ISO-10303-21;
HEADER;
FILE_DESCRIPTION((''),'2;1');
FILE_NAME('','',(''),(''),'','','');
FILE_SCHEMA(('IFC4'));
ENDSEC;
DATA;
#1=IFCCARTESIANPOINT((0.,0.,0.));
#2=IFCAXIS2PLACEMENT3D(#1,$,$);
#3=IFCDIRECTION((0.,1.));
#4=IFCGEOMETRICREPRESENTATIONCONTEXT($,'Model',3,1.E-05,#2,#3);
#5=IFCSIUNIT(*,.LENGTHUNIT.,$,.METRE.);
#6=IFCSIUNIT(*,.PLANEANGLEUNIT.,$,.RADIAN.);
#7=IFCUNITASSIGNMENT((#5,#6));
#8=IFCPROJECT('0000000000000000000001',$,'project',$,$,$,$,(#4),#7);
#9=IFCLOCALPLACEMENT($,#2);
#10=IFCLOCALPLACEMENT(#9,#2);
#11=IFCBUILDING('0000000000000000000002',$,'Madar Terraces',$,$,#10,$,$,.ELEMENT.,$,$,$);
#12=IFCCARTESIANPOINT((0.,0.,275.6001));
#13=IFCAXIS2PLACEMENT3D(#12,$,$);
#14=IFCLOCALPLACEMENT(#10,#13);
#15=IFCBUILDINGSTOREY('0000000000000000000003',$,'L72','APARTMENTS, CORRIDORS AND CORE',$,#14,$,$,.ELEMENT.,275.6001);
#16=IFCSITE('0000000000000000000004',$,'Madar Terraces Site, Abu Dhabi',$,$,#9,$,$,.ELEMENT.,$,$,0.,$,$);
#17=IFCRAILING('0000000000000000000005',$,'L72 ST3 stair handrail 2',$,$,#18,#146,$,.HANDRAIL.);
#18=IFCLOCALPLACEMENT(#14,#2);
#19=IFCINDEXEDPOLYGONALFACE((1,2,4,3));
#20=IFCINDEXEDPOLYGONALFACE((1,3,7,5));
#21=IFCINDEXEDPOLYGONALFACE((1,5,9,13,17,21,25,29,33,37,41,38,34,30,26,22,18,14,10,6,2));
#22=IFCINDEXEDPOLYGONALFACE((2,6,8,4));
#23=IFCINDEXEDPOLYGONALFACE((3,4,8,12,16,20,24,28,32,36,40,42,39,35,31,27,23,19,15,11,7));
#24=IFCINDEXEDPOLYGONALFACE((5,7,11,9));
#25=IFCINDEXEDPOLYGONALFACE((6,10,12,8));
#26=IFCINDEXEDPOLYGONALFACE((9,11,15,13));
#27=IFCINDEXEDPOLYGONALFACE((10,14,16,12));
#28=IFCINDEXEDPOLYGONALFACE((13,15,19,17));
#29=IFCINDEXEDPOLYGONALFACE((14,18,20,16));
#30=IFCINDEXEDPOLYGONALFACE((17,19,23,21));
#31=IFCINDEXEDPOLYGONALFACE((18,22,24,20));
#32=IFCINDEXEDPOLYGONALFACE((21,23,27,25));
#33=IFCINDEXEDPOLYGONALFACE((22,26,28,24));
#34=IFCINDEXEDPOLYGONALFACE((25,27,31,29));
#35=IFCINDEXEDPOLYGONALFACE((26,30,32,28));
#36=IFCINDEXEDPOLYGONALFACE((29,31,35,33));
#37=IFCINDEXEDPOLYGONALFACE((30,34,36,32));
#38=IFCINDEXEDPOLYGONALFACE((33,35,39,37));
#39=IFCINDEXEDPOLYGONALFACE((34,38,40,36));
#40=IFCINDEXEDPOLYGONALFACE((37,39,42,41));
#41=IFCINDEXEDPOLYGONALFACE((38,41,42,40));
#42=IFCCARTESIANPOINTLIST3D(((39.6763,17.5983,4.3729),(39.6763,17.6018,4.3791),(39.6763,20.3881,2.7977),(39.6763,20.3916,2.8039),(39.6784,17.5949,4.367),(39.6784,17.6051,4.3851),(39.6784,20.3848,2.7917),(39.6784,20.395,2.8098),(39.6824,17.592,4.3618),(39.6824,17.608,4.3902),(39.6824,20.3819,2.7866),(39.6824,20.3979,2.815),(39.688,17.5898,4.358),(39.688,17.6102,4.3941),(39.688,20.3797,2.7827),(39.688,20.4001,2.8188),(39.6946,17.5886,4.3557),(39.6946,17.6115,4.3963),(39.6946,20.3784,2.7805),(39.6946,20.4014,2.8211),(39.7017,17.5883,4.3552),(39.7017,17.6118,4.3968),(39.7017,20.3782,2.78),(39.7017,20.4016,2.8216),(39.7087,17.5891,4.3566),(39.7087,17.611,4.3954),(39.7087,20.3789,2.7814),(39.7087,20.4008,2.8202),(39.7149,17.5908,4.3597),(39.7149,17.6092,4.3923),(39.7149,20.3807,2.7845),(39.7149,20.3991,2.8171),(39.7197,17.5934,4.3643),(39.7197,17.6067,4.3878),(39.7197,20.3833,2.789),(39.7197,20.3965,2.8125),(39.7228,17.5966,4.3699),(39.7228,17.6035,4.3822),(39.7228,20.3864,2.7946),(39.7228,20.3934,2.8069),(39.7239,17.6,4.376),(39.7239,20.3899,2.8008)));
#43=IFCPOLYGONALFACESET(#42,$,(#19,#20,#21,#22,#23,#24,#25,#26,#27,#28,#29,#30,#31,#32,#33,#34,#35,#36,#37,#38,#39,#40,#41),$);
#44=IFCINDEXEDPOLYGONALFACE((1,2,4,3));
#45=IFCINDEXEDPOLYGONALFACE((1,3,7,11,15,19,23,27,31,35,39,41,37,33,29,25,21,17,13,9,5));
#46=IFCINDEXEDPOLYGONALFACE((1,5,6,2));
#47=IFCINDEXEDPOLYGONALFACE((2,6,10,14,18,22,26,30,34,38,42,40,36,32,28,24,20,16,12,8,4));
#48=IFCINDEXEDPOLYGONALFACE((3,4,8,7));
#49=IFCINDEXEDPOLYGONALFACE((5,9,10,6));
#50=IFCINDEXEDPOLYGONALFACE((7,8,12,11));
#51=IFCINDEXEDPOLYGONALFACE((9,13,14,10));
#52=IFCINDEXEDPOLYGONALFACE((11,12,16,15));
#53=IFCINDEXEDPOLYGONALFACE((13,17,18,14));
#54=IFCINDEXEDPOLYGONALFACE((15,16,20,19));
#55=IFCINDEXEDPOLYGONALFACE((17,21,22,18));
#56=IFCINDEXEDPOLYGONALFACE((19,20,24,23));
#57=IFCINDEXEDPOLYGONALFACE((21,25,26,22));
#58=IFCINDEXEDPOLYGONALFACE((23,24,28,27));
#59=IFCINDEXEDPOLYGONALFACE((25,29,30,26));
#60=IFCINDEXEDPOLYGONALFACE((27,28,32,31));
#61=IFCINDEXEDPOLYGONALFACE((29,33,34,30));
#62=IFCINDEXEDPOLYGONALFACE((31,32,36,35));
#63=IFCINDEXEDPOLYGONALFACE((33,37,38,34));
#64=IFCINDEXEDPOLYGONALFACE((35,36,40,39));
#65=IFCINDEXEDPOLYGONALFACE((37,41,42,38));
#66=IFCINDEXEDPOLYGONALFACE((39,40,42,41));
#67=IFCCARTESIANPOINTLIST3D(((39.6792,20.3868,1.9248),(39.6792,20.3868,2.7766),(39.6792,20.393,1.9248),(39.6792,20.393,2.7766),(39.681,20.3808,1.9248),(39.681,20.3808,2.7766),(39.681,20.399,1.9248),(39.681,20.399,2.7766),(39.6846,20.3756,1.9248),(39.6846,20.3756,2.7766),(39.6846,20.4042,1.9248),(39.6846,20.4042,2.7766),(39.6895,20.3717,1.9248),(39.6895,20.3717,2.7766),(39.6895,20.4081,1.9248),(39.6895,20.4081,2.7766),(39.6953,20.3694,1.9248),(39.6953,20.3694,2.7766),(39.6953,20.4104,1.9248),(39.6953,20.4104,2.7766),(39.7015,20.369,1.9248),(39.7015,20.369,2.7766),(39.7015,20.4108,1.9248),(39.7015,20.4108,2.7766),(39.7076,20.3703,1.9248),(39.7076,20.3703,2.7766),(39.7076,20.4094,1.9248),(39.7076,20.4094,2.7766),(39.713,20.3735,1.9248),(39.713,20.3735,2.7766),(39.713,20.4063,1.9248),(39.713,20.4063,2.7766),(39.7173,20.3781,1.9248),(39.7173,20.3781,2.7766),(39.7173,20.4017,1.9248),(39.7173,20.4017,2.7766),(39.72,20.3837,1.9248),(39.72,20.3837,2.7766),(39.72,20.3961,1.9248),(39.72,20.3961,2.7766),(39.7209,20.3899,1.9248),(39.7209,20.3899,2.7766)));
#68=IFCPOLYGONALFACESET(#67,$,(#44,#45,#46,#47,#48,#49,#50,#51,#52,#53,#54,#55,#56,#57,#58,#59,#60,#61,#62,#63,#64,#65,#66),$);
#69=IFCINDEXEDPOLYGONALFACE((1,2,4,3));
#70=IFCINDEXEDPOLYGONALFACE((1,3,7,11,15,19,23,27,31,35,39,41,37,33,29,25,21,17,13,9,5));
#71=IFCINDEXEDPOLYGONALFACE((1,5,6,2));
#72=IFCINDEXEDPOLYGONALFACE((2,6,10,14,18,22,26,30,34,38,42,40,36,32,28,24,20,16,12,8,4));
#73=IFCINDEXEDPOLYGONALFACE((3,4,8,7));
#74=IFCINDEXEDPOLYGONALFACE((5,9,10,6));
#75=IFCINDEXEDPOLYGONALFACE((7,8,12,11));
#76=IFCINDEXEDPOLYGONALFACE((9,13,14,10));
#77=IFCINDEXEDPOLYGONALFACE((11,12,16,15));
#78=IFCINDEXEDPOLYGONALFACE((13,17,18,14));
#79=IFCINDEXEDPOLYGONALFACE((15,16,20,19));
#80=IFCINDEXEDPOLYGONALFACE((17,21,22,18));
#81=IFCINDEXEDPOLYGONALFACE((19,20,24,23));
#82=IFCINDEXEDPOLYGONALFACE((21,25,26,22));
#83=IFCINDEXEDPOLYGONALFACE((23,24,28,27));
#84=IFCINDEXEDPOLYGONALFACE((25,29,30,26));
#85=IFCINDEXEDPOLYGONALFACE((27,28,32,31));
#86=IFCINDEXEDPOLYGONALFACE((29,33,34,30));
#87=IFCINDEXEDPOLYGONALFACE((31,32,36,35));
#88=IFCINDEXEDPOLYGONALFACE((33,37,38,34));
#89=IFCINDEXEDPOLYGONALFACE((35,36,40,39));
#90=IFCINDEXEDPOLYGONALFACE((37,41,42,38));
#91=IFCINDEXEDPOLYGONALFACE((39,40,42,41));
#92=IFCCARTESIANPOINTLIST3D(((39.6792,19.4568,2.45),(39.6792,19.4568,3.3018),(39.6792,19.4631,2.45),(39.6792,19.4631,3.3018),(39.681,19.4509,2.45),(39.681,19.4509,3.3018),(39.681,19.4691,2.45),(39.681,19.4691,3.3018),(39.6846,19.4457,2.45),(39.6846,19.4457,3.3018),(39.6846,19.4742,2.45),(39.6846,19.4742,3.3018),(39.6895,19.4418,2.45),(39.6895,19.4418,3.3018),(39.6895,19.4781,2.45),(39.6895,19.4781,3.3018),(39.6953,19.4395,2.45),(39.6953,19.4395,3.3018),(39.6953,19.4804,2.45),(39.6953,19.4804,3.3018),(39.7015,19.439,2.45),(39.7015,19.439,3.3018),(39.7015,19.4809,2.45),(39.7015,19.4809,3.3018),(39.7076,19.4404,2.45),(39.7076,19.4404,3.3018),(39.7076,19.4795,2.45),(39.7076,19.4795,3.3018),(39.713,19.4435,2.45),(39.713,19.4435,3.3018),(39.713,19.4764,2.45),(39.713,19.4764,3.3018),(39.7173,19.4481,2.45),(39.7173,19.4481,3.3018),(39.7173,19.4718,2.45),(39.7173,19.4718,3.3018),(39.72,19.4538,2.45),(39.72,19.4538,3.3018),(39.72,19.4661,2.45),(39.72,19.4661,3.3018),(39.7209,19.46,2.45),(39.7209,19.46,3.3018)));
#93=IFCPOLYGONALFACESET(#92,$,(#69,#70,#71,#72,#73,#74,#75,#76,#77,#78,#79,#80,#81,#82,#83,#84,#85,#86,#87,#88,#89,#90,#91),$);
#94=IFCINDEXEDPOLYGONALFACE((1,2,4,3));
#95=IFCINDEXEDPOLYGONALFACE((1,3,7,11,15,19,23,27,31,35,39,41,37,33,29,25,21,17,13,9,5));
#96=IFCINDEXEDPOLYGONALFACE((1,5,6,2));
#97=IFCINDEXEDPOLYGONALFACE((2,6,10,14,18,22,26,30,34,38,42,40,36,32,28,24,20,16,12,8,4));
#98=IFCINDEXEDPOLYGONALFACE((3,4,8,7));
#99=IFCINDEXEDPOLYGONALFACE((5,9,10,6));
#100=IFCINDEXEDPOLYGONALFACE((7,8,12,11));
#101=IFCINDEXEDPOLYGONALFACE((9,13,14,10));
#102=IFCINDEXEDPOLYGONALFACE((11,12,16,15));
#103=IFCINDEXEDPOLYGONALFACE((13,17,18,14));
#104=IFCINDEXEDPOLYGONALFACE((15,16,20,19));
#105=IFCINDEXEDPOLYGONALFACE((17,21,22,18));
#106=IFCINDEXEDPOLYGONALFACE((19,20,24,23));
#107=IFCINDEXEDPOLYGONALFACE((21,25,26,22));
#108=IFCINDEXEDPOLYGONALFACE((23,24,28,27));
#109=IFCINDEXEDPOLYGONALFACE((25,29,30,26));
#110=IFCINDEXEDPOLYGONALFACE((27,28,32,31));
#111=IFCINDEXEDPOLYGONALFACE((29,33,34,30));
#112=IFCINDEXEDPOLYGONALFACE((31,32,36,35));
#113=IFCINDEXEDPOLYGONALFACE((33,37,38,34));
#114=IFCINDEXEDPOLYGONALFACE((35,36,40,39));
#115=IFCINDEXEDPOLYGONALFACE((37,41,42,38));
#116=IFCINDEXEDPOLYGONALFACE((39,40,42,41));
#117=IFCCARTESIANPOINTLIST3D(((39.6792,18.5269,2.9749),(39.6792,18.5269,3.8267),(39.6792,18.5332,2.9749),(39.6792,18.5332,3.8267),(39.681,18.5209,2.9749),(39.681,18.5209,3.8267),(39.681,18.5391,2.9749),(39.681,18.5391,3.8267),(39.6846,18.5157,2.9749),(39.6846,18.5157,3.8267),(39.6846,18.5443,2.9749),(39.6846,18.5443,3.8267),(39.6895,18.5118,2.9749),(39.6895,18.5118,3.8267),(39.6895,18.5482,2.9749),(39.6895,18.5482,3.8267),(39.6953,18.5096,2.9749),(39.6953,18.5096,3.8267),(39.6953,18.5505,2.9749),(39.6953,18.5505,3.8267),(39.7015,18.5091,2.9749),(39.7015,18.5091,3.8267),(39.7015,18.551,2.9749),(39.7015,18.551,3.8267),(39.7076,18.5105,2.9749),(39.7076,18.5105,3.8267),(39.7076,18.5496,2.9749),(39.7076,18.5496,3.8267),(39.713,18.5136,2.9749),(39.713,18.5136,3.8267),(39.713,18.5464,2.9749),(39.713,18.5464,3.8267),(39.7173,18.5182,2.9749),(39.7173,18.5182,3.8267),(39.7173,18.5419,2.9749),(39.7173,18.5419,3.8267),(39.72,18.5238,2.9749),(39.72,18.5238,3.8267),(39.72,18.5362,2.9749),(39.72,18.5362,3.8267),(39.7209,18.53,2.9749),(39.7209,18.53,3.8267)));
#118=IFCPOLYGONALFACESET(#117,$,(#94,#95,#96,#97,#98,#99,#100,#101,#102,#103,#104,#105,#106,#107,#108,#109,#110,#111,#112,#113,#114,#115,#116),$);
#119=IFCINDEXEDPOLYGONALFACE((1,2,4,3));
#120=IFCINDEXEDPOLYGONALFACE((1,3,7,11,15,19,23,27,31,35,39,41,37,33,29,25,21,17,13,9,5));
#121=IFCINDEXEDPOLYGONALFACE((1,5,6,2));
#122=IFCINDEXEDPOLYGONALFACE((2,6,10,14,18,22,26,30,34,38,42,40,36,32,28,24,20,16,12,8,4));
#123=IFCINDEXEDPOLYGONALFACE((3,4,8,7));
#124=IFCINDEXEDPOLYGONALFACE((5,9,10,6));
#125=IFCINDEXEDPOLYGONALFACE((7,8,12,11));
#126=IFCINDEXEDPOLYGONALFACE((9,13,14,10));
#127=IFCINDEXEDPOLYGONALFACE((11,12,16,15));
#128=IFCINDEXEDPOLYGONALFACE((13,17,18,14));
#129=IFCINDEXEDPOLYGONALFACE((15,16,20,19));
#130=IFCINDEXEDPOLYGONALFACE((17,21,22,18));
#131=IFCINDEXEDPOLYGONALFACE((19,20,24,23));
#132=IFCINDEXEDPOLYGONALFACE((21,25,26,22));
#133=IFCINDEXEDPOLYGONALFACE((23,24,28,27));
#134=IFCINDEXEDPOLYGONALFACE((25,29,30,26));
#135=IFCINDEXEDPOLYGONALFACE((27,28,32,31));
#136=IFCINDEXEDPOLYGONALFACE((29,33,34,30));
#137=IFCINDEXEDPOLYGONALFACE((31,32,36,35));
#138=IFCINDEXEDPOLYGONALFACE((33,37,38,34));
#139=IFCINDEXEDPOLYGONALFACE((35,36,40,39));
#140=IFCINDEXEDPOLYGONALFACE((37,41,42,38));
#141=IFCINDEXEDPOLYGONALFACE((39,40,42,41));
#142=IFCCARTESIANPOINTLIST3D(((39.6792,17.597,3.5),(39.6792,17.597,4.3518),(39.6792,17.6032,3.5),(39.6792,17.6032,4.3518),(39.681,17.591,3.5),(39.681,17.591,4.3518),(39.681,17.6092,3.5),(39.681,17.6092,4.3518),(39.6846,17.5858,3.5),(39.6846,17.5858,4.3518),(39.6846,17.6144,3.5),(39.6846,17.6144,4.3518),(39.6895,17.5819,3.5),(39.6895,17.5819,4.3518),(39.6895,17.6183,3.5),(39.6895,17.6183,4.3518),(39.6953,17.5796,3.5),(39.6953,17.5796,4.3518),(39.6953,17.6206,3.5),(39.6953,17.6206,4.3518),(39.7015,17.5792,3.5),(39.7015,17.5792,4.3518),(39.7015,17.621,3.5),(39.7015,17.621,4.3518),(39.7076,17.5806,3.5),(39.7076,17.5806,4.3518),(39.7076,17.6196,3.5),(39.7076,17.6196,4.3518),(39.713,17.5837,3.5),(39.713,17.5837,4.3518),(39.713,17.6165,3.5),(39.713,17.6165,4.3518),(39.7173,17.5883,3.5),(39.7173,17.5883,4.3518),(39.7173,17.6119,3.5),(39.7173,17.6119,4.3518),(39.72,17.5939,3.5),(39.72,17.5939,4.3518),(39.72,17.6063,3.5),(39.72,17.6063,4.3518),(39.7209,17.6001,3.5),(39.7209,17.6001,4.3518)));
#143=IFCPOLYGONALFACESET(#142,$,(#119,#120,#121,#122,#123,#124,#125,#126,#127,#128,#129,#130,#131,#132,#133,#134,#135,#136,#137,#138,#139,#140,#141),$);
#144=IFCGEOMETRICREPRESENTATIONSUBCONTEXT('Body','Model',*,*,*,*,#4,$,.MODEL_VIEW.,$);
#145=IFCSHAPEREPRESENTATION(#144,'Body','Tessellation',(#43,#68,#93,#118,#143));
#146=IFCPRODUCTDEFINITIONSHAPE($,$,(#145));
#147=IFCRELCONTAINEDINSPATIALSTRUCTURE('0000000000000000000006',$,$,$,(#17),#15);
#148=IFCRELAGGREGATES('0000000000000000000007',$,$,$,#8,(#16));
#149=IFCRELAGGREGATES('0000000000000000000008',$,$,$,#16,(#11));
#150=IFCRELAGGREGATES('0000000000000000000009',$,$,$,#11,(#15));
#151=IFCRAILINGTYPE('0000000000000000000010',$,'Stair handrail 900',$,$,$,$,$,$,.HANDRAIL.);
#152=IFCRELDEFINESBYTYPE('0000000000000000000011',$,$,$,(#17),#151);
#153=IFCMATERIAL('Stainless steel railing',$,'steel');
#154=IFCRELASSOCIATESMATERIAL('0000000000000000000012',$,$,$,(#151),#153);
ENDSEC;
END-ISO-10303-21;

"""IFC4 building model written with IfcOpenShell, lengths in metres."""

from ifc_helpers import new_model, si_unit, direction, frame, origin, origin_2d, place, context, subcontext, project, spatial, circle, extrude, material, type_object, element, save


model = new_model("IFC4")

# Units and contexts
model_context = context("Model", 3, precision=1e-05, world=origin(), true_north=direction((0.0, 1.0)))
body_context = subcontext(model_context, "Body", "Model", "MODEL_VIEW")
ifc_project = project(units=[si_unit("LENGTHUNIT", "METRE"), si_unit("PLANEANGLEUNIT", "RADIAN")], contexts=[model_context])

# Site, building, storey
site_placement = place(None, origin())
site = spatial("IfcSite", under=ifc_project, at=site_placement, Name="Madar Terraces Site, Abu Dhabi", CompositionType="ELEMENT", RefElevation=0.0)
building_placement = place(site_placement, origin())
building = spatial("IfcBuilding", under=site, at=building_placement, Name="Madar Terraces", CompositionType="ELEMENT")
storey_placement = place(building_placement, frame((0.0, 0.0, 275.6001)))
storey = spatial("IfcBuildingStorey", under=building, at=storey_placement, Name="L72", Description="APARTMENTS, CORRIDORS AND CORE", CompositionType="ELEMENT", Elevation=275.6001)

# Railing
ifc_material_1 = material(Name="Stainless steel railing", Category="steel")
railing_type_1 = type_object("IfcRailingType", Name="Stair handrail 900", PredefinedType="HANDRAIL", material=ifc_material_1)
railing_1_placement = place(storey_placement, frame((39.7, 20.3899, 1.9248)))
element("IfcRailing", 1, at=railing_1_placement, inside=storey, type_object=railing_type_1, Name="L72 ST3 stair handrail 2", PredefinedType="HANDRAIL", context=body_context, shape_type="SweptSolid", body=[
    extrude(circle(Radius=0.0239, at=origin_2d()), frame((0.0, 0.0, 0.876), z_axis=(0.0, -0.870783, 0.491668), x_axis=(1.0, 0.0, 0.0)), (0.0, 0.0, 1.0), 3.2039),
    extrude(circle(Radius=0.021, at=origin_2d()), origin(), (0.0, 0.0, 1.0), 0.8518),
    extrude(circle(Radius=0.021, at=origin_2d()), frame((0.0, -0.9299, 0.5251)), (0.0, 0.0, 1.0), 0.8518),
    extrude(circle(Radius=0.021, at=origin_2d()), frame((0.0, -1.8599, 1.05)), (0.0, 0.0, 1.0), 0.8518),
    extrude(circle(Radius=0.021, at=origin_2d()), frame((0.0, -2.7898, 1.5752)), (0.0, 0.0, 1.0), 0.8518),
])

save(model, "model.ifc")
